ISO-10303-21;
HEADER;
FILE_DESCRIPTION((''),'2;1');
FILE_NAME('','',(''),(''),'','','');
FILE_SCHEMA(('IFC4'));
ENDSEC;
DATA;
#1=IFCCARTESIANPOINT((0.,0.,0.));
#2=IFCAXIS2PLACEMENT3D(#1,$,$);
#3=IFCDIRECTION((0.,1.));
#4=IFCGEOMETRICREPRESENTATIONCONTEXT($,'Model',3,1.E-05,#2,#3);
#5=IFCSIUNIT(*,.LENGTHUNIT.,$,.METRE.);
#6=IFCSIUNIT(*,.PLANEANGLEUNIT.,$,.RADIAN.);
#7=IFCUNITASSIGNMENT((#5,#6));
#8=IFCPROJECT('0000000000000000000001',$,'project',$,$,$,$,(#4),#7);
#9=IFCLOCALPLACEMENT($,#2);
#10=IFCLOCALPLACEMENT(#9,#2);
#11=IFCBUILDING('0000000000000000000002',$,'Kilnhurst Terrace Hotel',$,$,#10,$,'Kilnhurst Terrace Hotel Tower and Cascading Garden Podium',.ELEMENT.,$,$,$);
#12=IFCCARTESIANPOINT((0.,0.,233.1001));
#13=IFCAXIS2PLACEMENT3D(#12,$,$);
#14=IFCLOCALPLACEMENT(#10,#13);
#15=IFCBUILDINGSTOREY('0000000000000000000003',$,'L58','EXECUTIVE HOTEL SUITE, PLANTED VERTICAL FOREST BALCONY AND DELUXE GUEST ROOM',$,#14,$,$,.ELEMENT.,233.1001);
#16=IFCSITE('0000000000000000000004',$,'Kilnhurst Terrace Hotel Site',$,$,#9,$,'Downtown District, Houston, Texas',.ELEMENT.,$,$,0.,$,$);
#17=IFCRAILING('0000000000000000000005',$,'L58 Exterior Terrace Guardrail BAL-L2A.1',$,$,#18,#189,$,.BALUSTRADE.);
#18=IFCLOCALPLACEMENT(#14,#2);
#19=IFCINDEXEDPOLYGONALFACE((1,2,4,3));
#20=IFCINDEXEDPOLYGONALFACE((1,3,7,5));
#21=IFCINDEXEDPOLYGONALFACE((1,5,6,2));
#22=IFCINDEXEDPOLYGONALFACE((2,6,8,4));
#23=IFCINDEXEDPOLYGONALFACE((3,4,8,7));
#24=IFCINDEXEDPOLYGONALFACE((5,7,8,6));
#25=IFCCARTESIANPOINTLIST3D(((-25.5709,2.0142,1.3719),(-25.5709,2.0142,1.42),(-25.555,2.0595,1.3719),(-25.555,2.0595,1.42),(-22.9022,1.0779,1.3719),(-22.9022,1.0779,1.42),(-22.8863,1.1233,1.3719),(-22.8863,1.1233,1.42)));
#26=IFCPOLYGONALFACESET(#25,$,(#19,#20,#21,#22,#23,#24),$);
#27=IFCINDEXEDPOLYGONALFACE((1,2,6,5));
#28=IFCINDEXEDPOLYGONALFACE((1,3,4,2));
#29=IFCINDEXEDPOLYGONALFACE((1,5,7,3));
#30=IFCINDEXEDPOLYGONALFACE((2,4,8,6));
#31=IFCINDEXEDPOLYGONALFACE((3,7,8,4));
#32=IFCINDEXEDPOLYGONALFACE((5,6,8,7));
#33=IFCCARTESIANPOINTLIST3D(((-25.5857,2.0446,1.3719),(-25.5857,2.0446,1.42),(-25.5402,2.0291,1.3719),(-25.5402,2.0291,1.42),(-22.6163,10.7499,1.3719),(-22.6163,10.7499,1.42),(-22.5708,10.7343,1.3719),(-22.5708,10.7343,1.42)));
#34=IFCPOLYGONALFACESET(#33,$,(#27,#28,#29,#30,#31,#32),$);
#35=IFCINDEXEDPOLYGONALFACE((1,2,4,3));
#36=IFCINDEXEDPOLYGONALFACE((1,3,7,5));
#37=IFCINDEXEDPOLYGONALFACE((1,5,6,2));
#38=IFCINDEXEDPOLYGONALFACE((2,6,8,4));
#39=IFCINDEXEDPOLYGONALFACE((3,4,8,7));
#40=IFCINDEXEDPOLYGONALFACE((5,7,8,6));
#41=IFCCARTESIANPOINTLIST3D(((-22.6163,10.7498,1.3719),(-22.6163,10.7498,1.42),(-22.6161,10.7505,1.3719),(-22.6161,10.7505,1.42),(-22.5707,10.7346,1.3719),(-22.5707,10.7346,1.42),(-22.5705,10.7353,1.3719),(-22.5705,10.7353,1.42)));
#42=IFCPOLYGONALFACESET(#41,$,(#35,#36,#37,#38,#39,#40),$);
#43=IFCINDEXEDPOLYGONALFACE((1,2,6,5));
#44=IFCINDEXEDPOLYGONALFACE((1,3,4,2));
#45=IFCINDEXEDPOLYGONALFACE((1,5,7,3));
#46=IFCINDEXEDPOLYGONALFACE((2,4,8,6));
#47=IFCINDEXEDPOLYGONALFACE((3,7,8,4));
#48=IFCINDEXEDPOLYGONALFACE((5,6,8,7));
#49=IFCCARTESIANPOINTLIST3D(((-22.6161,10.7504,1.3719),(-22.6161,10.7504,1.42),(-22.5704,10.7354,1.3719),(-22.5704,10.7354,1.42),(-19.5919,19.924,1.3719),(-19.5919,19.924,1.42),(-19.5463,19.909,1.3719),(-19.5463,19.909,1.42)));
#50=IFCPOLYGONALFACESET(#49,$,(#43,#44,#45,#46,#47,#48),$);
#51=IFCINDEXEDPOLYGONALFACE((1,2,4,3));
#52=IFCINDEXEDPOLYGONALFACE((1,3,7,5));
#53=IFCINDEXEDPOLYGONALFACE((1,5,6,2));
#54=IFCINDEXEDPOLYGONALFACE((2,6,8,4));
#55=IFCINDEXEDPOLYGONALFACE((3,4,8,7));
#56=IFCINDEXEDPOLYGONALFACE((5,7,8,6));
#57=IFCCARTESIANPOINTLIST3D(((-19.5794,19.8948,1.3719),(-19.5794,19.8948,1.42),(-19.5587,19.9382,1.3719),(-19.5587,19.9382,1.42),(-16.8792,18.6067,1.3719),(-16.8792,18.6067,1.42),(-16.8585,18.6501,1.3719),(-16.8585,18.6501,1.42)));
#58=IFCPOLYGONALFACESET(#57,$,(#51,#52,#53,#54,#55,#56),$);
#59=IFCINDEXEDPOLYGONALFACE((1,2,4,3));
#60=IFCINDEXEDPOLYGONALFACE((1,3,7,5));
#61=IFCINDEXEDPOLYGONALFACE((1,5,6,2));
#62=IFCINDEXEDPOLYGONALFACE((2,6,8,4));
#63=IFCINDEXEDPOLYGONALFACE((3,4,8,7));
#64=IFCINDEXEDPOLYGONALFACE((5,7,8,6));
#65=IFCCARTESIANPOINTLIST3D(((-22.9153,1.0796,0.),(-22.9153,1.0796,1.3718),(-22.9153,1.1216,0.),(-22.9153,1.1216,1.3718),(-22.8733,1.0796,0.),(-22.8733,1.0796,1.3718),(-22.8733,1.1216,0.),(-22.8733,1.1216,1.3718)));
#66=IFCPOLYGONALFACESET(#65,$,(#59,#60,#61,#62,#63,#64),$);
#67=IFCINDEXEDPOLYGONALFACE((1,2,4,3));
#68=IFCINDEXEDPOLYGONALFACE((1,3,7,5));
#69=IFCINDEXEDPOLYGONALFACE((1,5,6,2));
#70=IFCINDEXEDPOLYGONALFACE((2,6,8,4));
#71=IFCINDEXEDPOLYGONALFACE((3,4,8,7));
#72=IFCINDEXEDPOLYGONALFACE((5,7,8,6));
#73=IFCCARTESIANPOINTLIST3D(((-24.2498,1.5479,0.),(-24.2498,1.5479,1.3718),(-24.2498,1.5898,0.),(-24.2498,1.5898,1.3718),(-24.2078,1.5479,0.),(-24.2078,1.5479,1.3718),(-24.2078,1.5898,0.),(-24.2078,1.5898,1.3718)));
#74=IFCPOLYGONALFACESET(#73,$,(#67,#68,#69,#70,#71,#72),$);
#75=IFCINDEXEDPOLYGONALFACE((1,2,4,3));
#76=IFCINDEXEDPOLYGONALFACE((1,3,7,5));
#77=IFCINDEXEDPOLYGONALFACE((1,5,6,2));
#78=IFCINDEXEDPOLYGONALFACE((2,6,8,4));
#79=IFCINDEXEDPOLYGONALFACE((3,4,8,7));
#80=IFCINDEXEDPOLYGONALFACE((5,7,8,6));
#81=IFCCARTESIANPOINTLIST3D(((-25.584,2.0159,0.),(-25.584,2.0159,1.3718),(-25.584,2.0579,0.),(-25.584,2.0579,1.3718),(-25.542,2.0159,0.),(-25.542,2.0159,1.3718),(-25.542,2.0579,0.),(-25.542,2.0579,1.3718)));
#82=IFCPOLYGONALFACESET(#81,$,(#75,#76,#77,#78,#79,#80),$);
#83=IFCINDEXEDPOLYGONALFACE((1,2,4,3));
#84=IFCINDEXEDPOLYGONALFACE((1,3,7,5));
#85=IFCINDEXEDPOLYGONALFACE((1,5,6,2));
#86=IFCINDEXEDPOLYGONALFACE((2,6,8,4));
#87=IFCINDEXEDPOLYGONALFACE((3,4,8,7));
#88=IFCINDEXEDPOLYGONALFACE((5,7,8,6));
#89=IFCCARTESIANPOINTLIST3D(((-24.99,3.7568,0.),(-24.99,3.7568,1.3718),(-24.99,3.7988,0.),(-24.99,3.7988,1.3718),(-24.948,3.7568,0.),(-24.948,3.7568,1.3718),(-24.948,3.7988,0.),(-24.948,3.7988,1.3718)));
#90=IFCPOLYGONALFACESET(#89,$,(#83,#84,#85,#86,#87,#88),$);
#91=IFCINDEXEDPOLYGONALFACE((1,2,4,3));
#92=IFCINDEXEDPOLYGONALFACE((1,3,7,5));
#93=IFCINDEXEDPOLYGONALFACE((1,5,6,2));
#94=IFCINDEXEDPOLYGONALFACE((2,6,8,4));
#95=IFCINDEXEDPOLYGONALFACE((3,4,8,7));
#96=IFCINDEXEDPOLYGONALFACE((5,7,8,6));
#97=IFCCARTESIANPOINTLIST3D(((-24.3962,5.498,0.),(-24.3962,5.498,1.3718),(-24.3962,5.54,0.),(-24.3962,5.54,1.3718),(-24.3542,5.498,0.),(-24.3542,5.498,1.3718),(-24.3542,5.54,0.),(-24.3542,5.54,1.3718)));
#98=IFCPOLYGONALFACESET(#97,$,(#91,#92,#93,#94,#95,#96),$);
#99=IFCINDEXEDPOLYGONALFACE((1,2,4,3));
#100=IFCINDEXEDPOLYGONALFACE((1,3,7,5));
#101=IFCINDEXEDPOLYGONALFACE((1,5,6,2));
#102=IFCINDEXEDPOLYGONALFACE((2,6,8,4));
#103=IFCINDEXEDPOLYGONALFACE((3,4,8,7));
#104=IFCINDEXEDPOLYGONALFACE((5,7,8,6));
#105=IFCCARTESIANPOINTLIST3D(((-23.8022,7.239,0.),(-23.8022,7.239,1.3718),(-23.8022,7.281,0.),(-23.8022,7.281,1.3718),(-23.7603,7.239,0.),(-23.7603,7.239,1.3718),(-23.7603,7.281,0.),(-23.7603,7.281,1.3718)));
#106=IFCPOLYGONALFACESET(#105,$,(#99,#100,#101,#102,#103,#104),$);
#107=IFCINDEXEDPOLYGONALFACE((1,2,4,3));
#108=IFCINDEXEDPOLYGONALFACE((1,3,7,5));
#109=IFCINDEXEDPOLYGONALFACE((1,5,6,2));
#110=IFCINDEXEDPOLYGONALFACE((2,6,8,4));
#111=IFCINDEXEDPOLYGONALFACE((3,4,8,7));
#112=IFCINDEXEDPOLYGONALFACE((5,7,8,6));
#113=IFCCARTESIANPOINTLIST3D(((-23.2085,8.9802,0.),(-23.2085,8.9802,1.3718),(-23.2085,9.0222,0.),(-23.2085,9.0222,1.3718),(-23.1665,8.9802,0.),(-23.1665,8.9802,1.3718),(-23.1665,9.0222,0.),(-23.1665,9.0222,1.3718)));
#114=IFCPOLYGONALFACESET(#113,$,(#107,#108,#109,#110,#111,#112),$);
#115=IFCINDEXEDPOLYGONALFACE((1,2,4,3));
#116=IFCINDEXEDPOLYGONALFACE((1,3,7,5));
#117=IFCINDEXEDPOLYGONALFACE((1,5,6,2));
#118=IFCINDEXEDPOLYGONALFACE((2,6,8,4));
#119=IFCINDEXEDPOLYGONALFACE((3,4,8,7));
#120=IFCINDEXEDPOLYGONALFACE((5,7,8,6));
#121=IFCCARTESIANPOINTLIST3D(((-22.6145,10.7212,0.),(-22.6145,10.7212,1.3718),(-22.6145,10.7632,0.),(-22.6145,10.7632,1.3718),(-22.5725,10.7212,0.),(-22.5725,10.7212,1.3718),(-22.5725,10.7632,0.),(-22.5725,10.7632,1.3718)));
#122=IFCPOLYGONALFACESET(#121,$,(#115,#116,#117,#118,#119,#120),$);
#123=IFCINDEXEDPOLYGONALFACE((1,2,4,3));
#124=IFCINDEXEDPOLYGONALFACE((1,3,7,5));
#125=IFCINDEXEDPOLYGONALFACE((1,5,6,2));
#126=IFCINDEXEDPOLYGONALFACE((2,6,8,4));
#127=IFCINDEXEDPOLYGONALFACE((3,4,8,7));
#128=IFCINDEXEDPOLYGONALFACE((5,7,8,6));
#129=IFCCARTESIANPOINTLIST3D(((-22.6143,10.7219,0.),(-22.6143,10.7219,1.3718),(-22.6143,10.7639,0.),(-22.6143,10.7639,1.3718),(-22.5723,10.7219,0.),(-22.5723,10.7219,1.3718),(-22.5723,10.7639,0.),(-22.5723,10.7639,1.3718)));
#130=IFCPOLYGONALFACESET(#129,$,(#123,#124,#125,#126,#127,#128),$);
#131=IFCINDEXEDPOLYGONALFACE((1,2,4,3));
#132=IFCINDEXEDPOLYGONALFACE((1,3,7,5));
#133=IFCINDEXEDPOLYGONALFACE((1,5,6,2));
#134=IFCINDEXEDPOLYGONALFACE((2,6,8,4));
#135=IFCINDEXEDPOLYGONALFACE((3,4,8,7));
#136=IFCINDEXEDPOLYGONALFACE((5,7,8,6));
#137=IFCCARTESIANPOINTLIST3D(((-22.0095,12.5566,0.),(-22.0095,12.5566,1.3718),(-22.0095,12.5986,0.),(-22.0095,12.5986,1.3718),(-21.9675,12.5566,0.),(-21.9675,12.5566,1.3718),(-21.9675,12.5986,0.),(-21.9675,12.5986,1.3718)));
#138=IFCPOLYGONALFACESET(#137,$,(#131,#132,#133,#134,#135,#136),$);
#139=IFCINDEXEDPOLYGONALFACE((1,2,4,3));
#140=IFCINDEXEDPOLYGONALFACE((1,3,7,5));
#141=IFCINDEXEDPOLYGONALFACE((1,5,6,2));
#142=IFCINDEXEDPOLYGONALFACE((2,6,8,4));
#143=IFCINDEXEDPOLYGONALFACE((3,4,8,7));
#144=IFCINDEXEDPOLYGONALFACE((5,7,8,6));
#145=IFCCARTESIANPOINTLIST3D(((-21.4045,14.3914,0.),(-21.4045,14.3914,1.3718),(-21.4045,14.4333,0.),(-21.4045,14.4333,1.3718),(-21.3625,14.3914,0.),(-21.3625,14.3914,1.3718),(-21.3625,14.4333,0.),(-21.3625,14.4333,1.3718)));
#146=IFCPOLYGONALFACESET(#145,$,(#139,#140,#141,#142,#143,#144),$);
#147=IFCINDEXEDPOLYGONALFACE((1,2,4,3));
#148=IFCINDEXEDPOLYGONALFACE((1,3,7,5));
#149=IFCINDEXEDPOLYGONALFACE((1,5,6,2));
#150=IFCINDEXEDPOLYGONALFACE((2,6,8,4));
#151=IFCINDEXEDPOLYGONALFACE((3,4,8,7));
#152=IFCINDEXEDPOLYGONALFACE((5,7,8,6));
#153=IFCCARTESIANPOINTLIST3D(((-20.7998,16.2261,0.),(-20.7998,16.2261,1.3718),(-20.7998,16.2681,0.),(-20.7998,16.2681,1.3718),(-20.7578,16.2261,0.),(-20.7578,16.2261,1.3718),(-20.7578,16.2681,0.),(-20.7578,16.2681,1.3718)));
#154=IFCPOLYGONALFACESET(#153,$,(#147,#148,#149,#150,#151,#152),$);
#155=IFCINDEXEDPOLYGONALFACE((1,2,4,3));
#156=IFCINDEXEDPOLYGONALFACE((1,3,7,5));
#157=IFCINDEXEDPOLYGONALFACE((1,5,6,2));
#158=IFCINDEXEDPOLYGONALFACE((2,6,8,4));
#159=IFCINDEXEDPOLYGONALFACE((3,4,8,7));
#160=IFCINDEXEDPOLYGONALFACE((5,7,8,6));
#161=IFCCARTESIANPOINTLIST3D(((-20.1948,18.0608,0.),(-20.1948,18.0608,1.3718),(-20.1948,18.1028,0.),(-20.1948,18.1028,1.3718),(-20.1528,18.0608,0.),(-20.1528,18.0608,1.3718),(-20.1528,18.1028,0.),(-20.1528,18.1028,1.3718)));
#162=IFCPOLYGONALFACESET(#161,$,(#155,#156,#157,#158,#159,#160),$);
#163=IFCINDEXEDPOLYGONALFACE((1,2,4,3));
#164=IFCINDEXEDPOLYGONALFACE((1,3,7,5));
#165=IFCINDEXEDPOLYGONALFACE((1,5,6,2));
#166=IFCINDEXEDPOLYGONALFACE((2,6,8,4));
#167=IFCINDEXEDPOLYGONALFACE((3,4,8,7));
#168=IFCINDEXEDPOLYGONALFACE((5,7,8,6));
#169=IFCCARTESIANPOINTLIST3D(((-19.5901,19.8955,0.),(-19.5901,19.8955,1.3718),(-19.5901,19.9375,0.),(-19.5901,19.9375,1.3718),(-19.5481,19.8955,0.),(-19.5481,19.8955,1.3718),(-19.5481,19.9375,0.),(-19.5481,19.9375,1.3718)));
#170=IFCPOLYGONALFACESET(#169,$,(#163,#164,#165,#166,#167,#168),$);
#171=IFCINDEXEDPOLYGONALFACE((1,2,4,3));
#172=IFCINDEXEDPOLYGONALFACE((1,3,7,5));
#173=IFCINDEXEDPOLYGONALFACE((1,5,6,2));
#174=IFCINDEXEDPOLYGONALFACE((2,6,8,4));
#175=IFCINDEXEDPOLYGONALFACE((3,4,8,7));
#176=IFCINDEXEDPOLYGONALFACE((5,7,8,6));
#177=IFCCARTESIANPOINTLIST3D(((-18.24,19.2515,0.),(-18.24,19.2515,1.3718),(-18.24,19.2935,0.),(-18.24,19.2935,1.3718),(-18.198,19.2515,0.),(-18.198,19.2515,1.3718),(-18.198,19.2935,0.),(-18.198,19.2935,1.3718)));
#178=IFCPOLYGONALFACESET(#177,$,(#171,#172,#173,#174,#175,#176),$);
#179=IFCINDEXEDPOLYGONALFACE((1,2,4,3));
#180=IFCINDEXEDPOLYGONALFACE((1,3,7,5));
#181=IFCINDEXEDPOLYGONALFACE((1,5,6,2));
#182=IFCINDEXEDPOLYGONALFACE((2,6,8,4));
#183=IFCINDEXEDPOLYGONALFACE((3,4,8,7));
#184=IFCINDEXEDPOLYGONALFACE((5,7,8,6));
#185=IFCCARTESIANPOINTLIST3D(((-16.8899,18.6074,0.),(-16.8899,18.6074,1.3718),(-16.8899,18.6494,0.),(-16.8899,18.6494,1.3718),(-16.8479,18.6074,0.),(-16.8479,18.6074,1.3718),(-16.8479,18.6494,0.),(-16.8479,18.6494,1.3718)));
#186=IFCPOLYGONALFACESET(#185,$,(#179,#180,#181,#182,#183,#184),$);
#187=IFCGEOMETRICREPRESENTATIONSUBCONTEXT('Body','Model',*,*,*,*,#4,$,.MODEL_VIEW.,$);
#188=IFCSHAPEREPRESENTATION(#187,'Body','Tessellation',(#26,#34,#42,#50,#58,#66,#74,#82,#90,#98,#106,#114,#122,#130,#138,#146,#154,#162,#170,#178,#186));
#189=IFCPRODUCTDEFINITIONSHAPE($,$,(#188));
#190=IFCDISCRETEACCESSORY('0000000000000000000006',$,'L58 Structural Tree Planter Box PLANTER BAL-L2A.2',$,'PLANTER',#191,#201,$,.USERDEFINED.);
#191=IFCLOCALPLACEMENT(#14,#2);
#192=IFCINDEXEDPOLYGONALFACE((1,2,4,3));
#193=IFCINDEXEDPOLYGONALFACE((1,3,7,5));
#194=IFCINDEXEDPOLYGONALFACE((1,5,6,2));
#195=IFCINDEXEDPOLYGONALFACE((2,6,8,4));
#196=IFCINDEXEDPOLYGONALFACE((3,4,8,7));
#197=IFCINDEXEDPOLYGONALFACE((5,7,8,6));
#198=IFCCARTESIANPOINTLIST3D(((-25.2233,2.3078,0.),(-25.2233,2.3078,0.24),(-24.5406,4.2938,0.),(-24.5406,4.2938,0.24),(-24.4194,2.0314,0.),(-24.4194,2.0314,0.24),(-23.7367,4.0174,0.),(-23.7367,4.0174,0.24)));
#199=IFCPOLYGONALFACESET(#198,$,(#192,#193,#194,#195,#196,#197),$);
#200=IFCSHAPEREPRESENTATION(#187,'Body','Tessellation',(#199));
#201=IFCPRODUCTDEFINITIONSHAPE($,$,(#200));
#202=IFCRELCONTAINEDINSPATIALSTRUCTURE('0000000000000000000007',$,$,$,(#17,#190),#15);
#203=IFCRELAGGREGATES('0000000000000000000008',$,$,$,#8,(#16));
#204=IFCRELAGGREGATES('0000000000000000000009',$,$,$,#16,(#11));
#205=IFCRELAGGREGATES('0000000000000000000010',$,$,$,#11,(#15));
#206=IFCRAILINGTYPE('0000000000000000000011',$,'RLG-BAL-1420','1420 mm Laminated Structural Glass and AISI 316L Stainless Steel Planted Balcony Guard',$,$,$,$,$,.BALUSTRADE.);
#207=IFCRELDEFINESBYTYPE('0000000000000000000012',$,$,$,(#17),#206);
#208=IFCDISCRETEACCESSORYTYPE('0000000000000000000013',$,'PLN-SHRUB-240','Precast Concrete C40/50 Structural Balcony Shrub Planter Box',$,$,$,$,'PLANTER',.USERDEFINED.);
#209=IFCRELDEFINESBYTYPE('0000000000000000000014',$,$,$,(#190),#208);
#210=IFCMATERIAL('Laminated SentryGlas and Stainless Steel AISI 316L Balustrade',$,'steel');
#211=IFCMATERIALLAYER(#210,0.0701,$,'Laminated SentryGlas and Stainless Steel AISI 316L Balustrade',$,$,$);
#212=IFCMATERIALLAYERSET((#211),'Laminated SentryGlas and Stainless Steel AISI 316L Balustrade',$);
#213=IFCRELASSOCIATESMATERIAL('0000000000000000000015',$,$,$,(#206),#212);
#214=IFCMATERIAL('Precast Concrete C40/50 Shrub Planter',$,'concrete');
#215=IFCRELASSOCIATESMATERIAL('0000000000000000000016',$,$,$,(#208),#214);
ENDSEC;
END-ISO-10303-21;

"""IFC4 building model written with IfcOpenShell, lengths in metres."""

from ifc_helpers import new_model, si_unit, direction, frame, origin, origin_2d, place, context, subcontext, project, spatial, rectangle, extrude, material, layer, layer_set, type_object, element, save


model = new_model("IFC4")

# Units and contexts
model_context = context("Model", 3, precision=1e-05, world=origin(), true_north=direction((0.0, 1.0)))
body_context = subcontext(model_context, "Body", "Model", "MODEL_VIEW")
ifc_project = project(units=[si_unit("LENGTHUNIT", "METRE"), si_unit("PLANEANGLEUNIT", "RADIAN")], contexts=[model_context])

# Site, building, storey
site_placement = place(None, origin())
site = spatial("IfcSite", under=ifc_project, at=site_placement, Name="Kilnhurst Terrace Hotel Site", LongName="Downtown District, Houston, Texas", CompositionType="ELEMENT", RefElevation=0.0)
building_placement = place(site_placement, origin())
building = spatial("IfcBuilding", under=site, at=building_placement, Name="Kilnhurst Terrace Hotel", LongName="Kilnhurst Terrace Hotel Tower and Cascading Garden Podium", CompositionType="ELEMENT")
storey_placement = place(building_placement, frame((0.0, 0.0, 233.1001)))
storey = spatial("IfcBuildingStorey", under=building, at=storey_placement, Name="L58", Description="EXECUTIVE HOTEL SUITE, PLANTED VERTICAL FOREST BALCONY AND DELUXE GUEST ROOM", CompositionType="ELEMENT", Elevation=233.1001)

# Railing
ifc_material_1 = material(Name="Laminated SentryGlas and Stainless Steel AISI 316L Balustrade", Category="steel")
ifc_layer_1 = layer(ifc_material_1, 0.0701, Name="Laminated SentryGlas and Stainless Steel AISI 316L Balustrade")
ifc_layer_set_1 = layer_set([ifc_layer_1], Name="Laminated SentryGlas and Stainless Steel AISI 316L Balustrade")
railing_type = type_object("IfcRailingType", Name="RLG-BAL-1420", Description="1420 mm Laminated Structural Glass and AISI 316L Stainless Steel Planted Balcony Guard", PredefinedType="BALUSTRADE", material=ifc_layer_set_1)
railing_placement = place(storey_placement, frame((-22.8943, 1.1006, 0.0)))
element("IfcRailing", 1, at=railing_placement, inside=storey, type_object=railing_type, Name="L58 Exterior Terrace Guardrail BAL-L2A.1", PredefinedType="BALUSTRADE", context=body_context, shape_type="SweptSolid", body=[
    extrude(rectangle(XDim=0.0481, YDim=0.0481, at=origin_2d()), frame((0.0, 0.0, 1.396), z_axis=(-0.943612, 0.331054, 0.0), x_axis=(-0.331054, -0.943612, 0.0)), (0.0, 0.0, 1.0), 2.8281),
    extrude(rectangle(XDim=0.0481, YDim=0.0481, at=origin_2d()), frame((-2.6687, 0.9363, 1.396), z_axis=(0.322845, 0.946452, 0.0), x_axis=(-0.946452, 0.322845, 0.0)), (0.0, 0.0, 1.0), 9.1978),
    extrude(rectangle(XDim=0.0481, YDim=0.0481, at=origin_2d()), frame((0.3008, 9.6416, 1.396), z_axis=(0.316228, 0.948683, 0.0), x_axis=(-0.948683, 0.316228, 0.0)), (0.0, 0.0, 1.0), 0.0007),
    extrude(rectangle(XDim=0.0481, YDim=0.0481, at=origin_2d()), frame((0.301, 9.6423, 1.396), z_axis=(0.313087, 0.949725, 0.0), x_axis=(-0.949725, 0.313087, 0.0)), (0.0, 0.0, 1.0), 9.6592),
    extrude(rectangle(XDim=0.0481, YDim=0.0481, at=origin_2d()), frame((3.3252, 18.8159, 1.396), z_axis=(0.902565, -0.430554, 0.0), x_axis=(0.430554, 0.902565, 0.0)), (0.0, 0.0, 1.0), 2.9917),
    extrude(rectangle(XDim=0.042, YDim=0.042, at=origin_2d()), origin(), (0.0, 0.0, 1.0), 1.3718),
    extrude(rectangle(XDim=0.042, YDim=0.042, at=origin_2d()), frame((-1.3345, 0.4683, 0.0)), (0.0, 0.0, 1.0), 1.3718),
    extrude(rectangle(XDim=0.042, YDim=0.042, at=origin_2d()), frame((-2.6687, 0.9363, 0.0)), (0.0, 0.0, 1.0), 1.3718),
    extrude(rectangle(XDim=0.042, YDim=0.042, at=origin_2d()), frame((-2.0747, 2.6772, 0.0)), (0.0, 0.0, 1.0), 1.3718),
    extrude(rectangle(XDim=0.042, YDim=0.042, at=origin_2d()), frame((-1.481, 4.4185, 0.0)), (0.0, 0.0, 1.0), 1.3718),
    extrude(rectangle(XDim=0.042, YDim=0.042, at=origin_2d()), frame((-0.887, 6.1594, 0.0)), (0.0, 0.0, 1.0), 1.3718),
    extrude(rectangle(XDim=0.042, YDim=0.042, at=origin_2d()), frame((-0.2932, 7.9006, 0.0)), (0.0, 0.0, 1.0), 1.3718),
    extrude(rectangle(XDim=0.042, YDim=0.042, at=origin_2d()), frame((0.3008, 9.6416, 0.0)), (0.0, 0.0, 1.0), 1.3718),
    extrude(rectangle(XDim=0.042, YDim=0.042, at=origin_2d()), frame((0.301, 9.6423, 0.0)), (0.0, 0.0, 1.0), 1.3718),
    extrude(rectangle(XDim=0.042, YDim=0.042, at=origin_2d()), frame((0.9058, 11.4771, 0.0)), (0.0, 0.0, 1.0), 1.3718),
    extrude(rectangle(XDim=0.042, YDim=0.042, at=origin_2d()), frame((1.5107, 13.3118, 0.0)), (0.0, 0.0, 1.0), 1.3718),
    extrude(rectangle(XDim=0.042, YDim=0.042, at=origin_2d()), frame((2.1155, 15.1465, 0.0)), (0.0, 0.0, 1.0), 1.3718),
    extrude(rectangle(XDim=0.042, YDim=0.042, at=origin_2d()), frame((2.7205, 16.9812, 0.0)), (0.0, 0.0, 1.0), 1.3718),
    extrude(rectangle(XDim=0.042, YDim=0.042, at=origin_2d()), frame((3.3252, 18.8159, 0.0)), (0.0, 0.0, 1.0), 1.3718),
    extrude(rectangle(XDim=0.042, YDim=0.042, at=origin_2d()), frame((4.6753, 18.1719, 0.0)), (0.0, 0.0, 1.0), 1.3718),
    extrude(rectangle(XDim=0.042, YDim=0.042, at=origin_2d()), frame((6.0254, 17.5278, 0.0)), (0.0, 0.0, 1.0), 1.3718),
])

# Discrete accessory
ifc_material_2 = material(Name="Precast Concrete C40/50 Shrub Planter", Category="concrete")
discrete_accessory_type = type_object("IfcDiscreteAccessoryType", Name="PLN-SHRUB-240", Description="Precast Concrete C40/50 Structural Balcony Shrub Planter Box", ElementType="PLANTER", PredefinedType="USERDEFINED", material=ifc_material_2)
discrete_accessory_placement = place(storey_placement, frame((-24.48, 3.1626, 0.0), z_axis=(0.0, 0.0, 1.0), x_axis=(-0.32509, -0.945683, 0.0)))
element("IfcDiscreteAccessory", 2, at=discrete_accessory_placement, inside=storey, type_object=discrete_accessory_type, Name="L58 Structural Tree Planter Box PLANTER BAL-L2A.2", ObjectType="PLANTER", PredefinedType="USERDEFINED", context=body_context, shape_type="SweptSolid", body=[
    extrude(rectangle(XDim=2.1001, YDim=0.8501, at=origin_2d()), origin(), (0.0, 0.0, 1.0), 0.24),
])

save(model, "model.ifc")
